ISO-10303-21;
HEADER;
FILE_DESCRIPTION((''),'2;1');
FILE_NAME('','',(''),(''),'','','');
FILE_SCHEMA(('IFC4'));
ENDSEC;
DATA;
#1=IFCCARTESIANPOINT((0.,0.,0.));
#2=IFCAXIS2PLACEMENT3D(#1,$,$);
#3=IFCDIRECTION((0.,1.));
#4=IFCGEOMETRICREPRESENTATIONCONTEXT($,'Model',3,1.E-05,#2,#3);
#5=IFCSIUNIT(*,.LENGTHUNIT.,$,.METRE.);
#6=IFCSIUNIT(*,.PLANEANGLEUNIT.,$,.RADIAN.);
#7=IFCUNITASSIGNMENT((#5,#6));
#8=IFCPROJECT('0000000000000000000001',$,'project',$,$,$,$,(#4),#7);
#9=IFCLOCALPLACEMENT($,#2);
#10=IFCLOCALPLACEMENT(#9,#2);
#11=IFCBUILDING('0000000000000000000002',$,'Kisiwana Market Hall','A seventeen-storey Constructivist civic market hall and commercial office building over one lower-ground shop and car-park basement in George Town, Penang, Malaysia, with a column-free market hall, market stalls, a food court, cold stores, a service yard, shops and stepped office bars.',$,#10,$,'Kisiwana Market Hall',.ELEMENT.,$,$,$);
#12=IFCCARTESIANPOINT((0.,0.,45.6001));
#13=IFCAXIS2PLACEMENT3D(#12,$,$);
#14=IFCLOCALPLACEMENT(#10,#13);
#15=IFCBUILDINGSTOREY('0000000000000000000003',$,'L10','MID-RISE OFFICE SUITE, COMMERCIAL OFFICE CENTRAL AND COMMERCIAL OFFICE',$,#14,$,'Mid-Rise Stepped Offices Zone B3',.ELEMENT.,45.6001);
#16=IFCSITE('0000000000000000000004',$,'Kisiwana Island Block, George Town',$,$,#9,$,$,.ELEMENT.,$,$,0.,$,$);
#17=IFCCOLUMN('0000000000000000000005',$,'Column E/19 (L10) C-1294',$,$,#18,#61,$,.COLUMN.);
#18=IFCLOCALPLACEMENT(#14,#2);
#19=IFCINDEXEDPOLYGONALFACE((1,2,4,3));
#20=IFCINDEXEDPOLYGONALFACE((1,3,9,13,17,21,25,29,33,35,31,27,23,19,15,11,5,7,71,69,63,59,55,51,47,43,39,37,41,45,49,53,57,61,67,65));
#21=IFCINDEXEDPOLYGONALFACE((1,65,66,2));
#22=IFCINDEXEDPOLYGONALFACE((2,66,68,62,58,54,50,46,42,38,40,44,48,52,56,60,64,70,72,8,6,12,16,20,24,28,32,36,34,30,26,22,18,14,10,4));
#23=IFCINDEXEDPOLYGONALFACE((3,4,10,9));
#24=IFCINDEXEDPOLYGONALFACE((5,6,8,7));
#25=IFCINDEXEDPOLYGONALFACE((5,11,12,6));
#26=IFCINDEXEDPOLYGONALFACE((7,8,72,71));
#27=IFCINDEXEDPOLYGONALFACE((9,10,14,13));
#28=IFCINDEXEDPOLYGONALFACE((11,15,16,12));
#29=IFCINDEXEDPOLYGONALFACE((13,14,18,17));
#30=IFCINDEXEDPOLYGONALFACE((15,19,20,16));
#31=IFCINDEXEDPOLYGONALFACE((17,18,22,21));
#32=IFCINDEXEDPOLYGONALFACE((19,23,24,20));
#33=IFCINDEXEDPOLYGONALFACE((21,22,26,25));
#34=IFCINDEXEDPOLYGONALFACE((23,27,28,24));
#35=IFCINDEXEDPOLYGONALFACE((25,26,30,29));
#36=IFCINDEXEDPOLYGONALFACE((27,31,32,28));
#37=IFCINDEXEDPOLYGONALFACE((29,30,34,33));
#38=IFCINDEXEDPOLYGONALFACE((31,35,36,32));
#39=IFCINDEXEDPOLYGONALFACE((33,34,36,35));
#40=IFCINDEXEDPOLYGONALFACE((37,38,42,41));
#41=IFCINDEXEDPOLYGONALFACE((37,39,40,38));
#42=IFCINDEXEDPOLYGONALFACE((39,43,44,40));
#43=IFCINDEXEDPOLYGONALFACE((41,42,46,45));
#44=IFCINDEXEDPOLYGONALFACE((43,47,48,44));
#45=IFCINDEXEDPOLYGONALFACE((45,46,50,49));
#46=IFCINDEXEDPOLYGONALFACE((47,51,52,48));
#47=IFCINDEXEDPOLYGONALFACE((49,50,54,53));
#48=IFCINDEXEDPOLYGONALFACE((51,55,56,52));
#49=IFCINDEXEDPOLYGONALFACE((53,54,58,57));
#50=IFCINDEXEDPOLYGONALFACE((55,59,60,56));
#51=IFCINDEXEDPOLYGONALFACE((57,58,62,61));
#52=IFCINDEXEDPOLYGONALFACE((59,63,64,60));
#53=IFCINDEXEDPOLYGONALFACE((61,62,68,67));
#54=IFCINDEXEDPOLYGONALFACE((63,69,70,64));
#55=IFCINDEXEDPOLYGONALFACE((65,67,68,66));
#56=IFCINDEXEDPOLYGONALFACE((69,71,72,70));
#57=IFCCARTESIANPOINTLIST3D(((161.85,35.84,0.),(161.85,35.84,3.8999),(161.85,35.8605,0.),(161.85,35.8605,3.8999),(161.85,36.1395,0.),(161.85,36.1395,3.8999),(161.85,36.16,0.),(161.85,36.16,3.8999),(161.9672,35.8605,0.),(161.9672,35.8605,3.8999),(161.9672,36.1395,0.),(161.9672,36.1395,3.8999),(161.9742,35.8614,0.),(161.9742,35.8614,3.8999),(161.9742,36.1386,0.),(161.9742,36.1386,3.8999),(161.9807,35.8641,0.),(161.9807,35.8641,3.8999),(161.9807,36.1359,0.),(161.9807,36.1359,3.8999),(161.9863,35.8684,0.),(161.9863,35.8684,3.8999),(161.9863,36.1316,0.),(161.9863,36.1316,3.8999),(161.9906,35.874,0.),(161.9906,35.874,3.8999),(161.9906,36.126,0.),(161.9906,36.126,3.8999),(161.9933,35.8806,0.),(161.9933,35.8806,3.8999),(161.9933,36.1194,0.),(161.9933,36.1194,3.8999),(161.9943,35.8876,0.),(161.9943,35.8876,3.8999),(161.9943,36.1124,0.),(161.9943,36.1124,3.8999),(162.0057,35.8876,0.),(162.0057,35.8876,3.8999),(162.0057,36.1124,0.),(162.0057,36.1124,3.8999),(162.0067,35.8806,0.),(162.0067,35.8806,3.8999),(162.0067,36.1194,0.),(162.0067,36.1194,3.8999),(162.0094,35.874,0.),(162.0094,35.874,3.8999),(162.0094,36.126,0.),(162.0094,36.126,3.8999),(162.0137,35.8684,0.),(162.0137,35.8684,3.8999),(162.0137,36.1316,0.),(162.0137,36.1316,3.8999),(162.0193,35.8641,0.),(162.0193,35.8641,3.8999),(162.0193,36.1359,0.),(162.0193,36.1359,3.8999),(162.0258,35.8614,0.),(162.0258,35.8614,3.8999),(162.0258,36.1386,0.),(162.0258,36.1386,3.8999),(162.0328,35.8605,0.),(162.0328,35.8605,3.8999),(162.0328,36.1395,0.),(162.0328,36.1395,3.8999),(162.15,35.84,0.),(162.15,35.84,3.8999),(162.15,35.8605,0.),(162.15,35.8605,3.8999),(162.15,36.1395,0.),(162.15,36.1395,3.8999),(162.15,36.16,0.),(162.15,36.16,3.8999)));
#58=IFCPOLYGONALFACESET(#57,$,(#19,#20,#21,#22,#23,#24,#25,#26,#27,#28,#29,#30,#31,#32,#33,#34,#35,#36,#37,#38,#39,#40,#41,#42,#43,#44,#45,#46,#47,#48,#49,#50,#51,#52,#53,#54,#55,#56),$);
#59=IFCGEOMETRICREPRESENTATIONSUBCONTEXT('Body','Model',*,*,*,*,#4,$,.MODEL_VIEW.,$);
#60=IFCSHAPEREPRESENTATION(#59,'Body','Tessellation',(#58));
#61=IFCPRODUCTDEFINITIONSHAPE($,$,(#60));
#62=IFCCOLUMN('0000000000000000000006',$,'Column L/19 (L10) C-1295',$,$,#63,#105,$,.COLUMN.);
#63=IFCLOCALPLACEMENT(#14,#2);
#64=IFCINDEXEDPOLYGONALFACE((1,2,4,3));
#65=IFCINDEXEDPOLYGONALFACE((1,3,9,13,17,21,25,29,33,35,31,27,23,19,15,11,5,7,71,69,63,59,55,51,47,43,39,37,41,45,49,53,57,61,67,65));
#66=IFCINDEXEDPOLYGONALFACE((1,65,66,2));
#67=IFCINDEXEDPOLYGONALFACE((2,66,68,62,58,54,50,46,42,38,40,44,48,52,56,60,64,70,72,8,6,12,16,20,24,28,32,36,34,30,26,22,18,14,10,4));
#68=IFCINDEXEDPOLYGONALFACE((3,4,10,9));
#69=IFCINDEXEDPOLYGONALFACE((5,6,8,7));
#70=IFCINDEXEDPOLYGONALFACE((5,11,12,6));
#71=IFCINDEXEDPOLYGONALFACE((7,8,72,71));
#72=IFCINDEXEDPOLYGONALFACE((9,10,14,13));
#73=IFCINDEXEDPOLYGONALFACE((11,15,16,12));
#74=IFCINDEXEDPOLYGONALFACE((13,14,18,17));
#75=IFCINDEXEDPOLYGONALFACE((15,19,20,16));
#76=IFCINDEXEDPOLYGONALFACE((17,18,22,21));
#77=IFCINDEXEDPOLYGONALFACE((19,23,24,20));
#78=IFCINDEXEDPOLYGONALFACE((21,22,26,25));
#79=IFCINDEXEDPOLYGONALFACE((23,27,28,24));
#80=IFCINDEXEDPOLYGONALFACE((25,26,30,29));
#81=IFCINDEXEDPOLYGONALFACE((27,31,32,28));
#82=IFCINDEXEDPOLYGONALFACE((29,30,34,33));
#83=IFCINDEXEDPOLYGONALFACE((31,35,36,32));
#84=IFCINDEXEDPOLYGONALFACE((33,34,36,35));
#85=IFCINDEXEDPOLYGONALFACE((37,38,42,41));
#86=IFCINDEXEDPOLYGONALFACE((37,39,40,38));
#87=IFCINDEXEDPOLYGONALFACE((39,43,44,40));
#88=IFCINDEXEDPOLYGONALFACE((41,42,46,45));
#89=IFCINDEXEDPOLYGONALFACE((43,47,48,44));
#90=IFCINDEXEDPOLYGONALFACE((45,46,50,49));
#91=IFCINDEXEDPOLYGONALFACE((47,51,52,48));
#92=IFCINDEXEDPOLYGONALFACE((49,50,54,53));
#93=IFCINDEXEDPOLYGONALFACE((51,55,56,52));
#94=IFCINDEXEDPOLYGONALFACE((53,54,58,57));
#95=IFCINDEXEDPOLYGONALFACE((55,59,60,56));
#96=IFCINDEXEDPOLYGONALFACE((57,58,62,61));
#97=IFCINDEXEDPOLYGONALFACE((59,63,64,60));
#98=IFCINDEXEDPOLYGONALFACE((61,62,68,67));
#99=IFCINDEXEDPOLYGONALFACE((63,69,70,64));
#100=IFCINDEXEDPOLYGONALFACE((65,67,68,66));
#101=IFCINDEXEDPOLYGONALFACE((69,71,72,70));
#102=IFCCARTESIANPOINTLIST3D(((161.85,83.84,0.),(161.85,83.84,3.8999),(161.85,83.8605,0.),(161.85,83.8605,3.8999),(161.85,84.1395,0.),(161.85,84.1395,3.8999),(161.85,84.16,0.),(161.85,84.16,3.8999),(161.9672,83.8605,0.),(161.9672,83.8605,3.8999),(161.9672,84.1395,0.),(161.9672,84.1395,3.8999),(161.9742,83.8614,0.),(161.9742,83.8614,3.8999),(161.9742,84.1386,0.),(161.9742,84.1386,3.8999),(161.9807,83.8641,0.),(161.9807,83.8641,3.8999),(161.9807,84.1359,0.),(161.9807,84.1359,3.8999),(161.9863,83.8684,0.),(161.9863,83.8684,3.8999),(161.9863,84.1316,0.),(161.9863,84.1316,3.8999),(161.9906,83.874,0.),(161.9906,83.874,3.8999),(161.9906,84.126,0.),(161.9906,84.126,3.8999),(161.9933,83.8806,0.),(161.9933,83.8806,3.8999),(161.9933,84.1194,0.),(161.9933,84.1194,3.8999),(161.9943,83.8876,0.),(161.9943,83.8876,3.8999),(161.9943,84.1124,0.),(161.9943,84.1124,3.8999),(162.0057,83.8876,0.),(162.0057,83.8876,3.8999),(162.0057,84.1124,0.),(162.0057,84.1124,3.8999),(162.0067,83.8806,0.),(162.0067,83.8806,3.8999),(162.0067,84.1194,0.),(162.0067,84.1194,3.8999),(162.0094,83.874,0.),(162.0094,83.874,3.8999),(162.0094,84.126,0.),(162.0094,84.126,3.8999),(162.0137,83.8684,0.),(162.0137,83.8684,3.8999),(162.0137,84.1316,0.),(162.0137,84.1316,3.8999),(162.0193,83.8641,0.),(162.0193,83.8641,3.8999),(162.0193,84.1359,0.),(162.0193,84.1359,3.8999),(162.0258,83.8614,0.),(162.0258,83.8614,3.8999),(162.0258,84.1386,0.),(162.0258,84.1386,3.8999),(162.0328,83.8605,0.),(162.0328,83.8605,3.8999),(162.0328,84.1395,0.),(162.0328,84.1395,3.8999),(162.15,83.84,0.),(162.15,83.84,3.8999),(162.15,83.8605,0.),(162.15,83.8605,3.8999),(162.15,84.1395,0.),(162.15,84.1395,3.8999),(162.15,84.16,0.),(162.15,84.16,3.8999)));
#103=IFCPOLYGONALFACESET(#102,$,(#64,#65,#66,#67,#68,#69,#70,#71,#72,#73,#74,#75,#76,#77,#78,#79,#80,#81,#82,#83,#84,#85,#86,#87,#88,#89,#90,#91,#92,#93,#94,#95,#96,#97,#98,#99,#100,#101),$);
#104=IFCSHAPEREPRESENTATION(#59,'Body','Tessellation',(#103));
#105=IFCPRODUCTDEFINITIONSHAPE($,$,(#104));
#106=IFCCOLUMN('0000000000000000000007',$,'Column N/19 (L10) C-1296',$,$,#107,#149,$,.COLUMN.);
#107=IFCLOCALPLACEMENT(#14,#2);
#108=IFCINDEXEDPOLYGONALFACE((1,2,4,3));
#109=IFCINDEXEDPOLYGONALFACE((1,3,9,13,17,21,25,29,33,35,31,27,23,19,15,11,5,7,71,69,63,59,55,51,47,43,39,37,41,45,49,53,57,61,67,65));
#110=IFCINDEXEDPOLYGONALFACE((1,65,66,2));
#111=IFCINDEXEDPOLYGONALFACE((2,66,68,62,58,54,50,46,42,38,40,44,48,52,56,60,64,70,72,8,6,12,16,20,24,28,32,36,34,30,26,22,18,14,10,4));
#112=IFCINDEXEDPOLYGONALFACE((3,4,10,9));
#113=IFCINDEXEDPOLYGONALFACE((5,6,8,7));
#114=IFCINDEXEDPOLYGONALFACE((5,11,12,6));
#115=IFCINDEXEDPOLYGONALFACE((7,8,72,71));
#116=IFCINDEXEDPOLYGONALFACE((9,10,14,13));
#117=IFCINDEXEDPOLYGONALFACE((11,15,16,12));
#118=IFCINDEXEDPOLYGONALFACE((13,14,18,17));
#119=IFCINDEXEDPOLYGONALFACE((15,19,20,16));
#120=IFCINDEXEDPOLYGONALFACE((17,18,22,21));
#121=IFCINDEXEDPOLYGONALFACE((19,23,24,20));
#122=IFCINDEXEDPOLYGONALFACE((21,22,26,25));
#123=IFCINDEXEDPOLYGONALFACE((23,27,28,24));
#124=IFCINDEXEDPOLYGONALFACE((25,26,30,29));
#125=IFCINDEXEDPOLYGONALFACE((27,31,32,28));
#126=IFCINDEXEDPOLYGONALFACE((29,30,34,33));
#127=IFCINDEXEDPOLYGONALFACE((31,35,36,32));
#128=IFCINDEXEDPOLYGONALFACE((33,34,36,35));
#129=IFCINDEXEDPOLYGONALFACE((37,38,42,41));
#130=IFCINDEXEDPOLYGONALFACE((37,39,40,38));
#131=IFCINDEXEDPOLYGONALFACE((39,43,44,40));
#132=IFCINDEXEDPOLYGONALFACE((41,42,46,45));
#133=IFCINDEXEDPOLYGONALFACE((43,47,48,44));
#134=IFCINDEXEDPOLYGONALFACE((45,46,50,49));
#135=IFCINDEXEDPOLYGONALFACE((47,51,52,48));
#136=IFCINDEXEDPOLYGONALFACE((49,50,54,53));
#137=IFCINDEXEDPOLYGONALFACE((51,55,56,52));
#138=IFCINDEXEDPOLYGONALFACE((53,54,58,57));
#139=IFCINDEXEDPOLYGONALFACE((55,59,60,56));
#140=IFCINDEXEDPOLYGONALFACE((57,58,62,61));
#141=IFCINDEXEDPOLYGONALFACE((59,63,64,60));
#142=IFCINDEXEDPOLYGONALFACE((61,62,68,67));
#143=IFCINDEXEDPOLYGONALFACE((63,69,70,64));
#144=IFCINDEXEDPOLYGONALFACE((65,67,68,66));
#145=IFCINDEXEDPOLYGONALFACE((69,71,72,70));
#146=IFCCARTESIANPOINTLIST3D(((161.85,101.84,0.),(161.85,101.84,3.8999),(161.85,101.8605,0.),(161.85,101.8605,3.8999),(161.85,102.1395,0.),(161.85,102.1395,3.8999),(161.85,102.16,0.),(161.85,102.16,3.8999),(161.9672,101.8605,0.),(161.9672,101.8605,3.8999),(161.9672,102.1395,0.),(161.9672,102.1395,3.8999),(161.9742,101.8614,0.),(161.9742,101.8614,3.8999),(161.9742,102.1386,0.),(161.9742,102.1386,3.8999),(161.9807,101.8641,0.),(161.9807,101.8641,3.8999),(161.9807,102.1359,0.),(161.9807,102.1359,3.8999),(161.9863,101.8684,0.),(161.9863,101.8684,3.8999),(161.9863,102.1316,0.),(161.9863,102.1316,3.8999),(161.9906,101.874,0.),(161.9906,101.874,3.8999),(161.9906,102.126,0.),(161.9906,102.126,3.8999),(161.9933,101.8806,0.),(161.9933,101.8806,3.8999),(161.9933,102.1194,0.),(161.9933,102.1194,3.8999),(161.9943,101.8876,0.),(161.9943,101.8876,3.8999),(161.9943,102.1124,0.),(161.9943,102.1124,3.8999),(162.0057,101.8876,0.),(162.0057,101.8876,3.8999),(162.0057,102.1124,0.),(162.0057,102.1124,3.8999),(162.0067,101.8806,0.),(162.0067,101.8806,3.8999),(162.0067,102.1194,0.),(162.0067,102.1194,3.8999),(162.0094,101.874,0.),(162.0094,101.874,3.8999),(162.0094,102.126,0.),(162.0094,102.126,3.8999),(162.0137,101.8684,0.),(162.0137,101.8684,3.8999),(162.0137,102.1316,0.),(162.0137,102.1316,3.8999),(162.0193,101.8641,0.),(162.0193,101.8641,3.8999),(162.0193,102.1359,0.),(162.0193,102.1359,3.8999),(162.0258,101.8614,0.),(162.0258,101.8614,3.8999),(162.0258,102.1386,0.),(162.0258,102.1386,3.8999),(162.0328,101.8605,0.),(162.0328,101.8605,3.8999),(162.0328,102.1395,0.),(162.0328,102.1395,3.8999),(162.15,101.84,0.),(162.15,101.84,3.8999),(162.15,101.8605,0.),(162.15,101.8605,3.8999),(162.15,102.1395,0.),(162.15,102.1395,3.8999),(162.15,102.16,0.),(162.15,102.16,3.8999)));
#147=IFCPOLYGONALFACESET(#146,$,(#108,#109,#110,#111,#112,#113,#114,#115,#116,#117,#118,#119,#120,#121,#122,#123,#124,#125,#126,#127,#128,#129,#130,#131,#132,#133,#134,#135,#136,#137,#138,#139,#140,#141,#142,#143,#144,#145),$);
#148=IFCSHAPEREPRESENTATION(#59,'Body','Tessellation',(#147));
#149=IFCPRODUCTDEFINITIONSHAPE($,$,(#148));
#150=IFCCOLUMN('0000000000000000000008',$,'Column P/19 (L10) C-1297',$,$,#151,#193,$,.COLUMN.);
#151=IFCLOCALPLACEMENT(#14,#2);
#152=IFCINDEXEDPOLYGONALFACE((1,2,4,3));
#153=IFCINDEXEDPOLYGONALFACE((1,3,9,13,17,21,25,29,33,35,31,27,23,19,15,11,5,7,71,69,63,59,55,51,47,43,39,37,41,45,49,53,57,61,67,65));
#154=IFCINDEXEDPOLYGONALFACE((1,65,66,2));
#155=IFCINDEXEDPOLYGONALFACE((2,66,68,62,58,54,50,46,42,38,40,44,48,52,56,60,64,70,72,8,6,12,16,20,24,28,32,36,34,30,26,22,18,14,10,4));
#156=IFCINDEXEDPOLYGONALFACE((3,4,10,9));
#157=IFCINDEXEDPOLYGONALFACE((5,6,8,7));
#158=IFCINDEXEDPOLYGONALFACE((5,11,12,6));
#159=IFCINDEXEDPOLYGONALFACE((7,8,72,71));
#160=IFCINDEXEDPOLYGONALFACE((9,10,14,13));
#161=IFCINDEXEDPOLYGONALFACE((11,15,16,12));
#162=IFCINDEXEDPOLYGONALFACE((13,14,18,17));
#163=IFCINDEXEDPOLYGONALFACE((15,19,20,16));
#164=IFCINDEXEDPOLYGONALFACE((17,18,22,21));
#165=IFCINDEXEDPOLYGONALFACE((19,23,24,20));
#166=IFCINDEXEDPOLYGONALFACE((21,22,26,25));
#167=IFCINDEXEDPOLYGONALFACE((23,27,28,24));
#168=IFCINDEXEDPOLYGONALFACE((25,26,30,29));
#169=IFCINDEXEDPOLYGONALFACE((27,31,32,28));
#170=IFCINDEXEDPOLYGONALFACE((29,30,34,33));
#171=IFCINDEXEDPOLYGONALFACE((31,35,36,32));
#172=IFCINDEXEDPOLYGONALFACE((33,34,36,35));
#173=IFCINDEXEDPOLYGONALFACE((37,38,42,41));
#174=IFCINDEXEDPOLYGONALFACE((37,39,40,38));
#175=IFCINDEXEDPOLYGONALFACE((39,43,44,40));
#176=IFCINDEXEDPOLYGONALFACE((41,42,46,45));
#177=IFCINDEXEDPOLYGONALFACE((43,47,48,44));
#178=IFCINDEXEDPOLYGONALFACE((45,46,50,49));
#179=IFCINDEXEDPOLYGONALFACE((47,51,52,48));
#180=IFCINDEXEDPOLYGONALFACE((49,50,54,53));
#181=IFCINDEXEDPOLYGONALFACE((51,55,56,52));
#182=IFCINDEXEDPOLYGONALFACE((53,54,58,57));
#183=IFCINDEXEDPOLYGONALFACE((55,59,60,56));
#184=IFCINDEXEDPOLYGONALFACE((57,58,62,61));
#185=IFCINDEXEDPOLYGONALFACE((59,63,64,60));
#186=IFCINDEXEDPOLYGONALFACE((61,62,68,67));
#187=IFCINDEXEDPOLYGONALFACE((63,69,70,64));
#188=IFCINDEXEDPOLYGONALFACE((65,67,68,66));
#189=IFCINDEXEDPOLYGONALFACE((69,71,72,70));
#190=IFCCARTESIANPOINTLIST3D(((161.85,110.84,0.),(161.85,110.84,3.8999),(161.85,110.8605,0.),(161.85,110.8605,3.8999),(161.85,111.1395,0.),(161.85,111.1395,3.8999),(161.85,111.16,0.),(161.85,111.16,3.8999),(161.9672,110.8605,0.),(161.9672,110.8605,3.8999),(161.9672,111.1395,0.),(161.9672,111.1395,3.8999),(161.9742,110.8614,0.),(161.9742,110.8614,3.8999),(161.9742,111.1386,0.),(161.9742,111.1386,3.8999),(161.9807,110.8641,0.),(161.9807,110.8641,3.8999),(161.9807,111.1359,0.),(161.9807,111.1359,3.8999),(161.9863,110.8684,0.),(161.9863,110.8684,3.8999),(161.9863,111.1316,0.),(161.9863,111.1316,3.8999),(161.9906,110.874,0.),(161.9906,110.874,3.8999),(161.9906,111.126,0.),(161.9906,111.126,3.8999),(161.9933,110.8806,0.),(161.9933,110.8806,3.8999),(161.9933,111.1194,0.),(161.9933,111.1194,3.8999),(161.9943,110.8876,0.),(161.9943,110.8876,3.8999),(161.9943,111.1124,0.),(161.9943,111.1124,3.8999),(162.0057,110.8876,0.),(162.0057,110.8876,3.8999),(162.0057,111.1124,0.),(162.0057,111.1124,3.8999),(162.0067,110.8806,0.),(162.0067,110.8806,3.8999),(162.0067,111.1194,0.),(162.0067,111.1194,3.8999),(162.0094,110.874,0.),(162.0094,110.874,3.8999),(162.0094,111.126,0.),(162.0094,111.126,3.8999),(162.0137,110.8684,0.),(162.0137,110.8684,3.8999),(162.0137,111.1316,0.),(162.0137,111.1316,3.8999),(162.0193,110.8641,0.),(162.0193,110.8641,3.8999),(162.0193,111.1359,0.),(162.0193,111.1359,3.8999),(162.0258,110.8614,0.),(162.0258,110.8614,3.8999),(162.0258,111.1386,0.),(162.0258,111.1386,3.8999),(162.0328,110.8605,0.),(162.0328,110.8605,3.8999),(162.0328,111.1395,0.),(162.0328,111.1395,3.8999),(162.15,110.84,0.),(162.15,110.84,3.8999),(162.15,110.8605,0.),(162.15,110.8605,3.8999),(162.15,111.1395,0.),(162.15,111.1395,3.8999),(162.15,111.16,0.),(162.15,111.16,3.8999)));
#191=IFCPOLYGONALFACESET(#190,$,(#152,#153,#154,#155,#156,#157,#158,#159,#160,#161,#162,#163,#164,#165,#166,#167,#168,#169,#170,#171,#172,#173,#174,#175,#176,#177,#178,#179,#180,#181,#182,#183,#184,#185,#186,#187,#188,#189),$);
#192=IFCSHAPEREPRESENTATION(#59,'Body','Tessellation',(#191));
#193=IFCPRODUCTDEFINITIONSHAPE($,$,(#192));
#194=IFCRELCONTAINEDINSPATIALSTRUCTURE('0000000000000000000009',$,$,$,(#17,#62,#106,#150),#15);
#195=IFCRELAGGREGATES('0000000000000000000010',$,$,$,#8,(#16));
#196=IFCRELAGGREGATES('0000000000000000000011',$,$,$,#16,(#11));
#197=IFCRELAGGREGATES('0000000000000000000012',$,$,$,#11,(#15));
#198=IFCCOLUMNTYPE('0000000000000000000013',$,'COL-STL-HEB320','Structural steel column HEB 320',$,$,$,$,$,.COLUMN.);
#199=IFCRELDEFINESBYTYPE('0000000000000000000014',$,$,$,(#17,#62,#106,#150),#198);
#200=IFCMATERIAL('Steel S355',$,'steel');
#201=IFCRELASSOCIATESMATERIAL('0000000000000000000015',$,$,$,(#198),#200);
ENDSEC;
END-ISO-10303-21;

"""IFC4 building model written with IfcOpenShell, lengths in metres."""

from ifc_helpers import new_model, si_unit, direction, frame, origin, origin_2d, place, context, subcontext, project, spatial, i_section, extrude, material, material_profile, profile_set, type_object, element, save


model = new_model("IFC4")

# Units and contexts
model_context = context("Model", 3, precision=1e-05, world=origin(), true_north=direction((0.0, 1.0)))
body_context = subcontext(model_context, "Body", "Model", "MODEL_VIEW")
ifc_project = project(units=[si_unit("LENGTHUNIT", "METRE"), si_unit("PLANEANGLEUNIT", "RADIAN")], contexts=[model_context])

# Site, building, storey
site_placement = place(None, origin())
site = spatial("IfcSite", under=ifc_project, at=site_placement, Name="Kisiwana Island Block, George Town", CompositionType="ELEMENT", RefElevation=0.0)
building_placement = place(site_placement, origin())
building = spatial("IfcBuilding", under=site, at=building_placement, Name="Kisiwana Market Hall", Description="A seventeen-storey Constructivist civic market hall and commercial office building over one lower-ground shop and car-park basement in George Town, Penang, Malaysia, with a column-free market hall, market stalls, a food court, cold stores, a service yard, shops and stepped office bars.", LongName="Kisiwana Market Hall", CompositionType="ELEMENT")
storey_placement = place(building_placement, frame((0.0, 0.0, 45.6001)))
storey = spatial("IfcBuildingStorey", under=building, at=storey_placement, Name="L10", Description="MID-RISE OFFICE SUITE, COMMERCIAL OFFICE CENTRAL AND COMMERCIAL OFFICE", LongName="Mid-Rise Stepped Offices Zone B3", CompositionType="ELEMENT", Elevation=45.6001)

# Columns
ifc_material_1 = material(Name="Steel S355", Category="steel")
ifc_material_profile_1 = material_profile(ifc_material_1, i_section(OverallWidth=0.3, OverallDepth=0.3201, WebThickness=0.0115, FlangeThickness=0.0205, FilletRadius=0.0271, at=origin_2d()), Name="HEB 320")
ifc_profile_set_1 = profile_set([ifc_material_profile_1], Name="Steel S355")
column_type = type_object("IfcColumnType", Name="COL-STL-HEB320", Description="Structural steel column HEB 320", PredefinedType="COLUMN", material=ifc_profile_set_1)
for number, where, z_axis, x_axis, name in (
    (1, (162.0, 36.0, 0.0), (0.0, 0.0, 1.0), (1.0, 0.0, 0.0), "Column E/19 (L10) C-1294"),
    (2, (162.0, 84.0, 0.0), (0.0, 0.0, 1.0), (1.0, 0.0, 0.0), "Column L/19 (L10) C-1295"),
    (3, (162.0, 102.0, 0.0), (0.0, 0.0, 1.0), (1.0, 0.0, 0.0), "Column N/19 (L10) C-1296"),
    (4, (162.0, 111.0, 0.0), (0.0, 0.0, 1.0), (1.0, 0.0, 0.0), "Column P/19 (L10) C-1297"),
):
    element("IfcColumn", number, at=place(storey_placement, frame(where, z_axis=z_axis, x_axis=x_axis)), inside=storey, type_object=column_type, Name=name, PredefinedType="COLUMN", context=body_context, shape_type="SweptSolid", body=[
        extrude(i_section(OverallWidth=0.3, OverallDepth=0.3201, WebThickness=0.0115, FlangeThickness=0.0205, FilletRadius=0.0271, at=origin_2d()), origin(), (0.0, 0.0, 1.0), 3.8999),
    ])

save(model, "model.ifc")
